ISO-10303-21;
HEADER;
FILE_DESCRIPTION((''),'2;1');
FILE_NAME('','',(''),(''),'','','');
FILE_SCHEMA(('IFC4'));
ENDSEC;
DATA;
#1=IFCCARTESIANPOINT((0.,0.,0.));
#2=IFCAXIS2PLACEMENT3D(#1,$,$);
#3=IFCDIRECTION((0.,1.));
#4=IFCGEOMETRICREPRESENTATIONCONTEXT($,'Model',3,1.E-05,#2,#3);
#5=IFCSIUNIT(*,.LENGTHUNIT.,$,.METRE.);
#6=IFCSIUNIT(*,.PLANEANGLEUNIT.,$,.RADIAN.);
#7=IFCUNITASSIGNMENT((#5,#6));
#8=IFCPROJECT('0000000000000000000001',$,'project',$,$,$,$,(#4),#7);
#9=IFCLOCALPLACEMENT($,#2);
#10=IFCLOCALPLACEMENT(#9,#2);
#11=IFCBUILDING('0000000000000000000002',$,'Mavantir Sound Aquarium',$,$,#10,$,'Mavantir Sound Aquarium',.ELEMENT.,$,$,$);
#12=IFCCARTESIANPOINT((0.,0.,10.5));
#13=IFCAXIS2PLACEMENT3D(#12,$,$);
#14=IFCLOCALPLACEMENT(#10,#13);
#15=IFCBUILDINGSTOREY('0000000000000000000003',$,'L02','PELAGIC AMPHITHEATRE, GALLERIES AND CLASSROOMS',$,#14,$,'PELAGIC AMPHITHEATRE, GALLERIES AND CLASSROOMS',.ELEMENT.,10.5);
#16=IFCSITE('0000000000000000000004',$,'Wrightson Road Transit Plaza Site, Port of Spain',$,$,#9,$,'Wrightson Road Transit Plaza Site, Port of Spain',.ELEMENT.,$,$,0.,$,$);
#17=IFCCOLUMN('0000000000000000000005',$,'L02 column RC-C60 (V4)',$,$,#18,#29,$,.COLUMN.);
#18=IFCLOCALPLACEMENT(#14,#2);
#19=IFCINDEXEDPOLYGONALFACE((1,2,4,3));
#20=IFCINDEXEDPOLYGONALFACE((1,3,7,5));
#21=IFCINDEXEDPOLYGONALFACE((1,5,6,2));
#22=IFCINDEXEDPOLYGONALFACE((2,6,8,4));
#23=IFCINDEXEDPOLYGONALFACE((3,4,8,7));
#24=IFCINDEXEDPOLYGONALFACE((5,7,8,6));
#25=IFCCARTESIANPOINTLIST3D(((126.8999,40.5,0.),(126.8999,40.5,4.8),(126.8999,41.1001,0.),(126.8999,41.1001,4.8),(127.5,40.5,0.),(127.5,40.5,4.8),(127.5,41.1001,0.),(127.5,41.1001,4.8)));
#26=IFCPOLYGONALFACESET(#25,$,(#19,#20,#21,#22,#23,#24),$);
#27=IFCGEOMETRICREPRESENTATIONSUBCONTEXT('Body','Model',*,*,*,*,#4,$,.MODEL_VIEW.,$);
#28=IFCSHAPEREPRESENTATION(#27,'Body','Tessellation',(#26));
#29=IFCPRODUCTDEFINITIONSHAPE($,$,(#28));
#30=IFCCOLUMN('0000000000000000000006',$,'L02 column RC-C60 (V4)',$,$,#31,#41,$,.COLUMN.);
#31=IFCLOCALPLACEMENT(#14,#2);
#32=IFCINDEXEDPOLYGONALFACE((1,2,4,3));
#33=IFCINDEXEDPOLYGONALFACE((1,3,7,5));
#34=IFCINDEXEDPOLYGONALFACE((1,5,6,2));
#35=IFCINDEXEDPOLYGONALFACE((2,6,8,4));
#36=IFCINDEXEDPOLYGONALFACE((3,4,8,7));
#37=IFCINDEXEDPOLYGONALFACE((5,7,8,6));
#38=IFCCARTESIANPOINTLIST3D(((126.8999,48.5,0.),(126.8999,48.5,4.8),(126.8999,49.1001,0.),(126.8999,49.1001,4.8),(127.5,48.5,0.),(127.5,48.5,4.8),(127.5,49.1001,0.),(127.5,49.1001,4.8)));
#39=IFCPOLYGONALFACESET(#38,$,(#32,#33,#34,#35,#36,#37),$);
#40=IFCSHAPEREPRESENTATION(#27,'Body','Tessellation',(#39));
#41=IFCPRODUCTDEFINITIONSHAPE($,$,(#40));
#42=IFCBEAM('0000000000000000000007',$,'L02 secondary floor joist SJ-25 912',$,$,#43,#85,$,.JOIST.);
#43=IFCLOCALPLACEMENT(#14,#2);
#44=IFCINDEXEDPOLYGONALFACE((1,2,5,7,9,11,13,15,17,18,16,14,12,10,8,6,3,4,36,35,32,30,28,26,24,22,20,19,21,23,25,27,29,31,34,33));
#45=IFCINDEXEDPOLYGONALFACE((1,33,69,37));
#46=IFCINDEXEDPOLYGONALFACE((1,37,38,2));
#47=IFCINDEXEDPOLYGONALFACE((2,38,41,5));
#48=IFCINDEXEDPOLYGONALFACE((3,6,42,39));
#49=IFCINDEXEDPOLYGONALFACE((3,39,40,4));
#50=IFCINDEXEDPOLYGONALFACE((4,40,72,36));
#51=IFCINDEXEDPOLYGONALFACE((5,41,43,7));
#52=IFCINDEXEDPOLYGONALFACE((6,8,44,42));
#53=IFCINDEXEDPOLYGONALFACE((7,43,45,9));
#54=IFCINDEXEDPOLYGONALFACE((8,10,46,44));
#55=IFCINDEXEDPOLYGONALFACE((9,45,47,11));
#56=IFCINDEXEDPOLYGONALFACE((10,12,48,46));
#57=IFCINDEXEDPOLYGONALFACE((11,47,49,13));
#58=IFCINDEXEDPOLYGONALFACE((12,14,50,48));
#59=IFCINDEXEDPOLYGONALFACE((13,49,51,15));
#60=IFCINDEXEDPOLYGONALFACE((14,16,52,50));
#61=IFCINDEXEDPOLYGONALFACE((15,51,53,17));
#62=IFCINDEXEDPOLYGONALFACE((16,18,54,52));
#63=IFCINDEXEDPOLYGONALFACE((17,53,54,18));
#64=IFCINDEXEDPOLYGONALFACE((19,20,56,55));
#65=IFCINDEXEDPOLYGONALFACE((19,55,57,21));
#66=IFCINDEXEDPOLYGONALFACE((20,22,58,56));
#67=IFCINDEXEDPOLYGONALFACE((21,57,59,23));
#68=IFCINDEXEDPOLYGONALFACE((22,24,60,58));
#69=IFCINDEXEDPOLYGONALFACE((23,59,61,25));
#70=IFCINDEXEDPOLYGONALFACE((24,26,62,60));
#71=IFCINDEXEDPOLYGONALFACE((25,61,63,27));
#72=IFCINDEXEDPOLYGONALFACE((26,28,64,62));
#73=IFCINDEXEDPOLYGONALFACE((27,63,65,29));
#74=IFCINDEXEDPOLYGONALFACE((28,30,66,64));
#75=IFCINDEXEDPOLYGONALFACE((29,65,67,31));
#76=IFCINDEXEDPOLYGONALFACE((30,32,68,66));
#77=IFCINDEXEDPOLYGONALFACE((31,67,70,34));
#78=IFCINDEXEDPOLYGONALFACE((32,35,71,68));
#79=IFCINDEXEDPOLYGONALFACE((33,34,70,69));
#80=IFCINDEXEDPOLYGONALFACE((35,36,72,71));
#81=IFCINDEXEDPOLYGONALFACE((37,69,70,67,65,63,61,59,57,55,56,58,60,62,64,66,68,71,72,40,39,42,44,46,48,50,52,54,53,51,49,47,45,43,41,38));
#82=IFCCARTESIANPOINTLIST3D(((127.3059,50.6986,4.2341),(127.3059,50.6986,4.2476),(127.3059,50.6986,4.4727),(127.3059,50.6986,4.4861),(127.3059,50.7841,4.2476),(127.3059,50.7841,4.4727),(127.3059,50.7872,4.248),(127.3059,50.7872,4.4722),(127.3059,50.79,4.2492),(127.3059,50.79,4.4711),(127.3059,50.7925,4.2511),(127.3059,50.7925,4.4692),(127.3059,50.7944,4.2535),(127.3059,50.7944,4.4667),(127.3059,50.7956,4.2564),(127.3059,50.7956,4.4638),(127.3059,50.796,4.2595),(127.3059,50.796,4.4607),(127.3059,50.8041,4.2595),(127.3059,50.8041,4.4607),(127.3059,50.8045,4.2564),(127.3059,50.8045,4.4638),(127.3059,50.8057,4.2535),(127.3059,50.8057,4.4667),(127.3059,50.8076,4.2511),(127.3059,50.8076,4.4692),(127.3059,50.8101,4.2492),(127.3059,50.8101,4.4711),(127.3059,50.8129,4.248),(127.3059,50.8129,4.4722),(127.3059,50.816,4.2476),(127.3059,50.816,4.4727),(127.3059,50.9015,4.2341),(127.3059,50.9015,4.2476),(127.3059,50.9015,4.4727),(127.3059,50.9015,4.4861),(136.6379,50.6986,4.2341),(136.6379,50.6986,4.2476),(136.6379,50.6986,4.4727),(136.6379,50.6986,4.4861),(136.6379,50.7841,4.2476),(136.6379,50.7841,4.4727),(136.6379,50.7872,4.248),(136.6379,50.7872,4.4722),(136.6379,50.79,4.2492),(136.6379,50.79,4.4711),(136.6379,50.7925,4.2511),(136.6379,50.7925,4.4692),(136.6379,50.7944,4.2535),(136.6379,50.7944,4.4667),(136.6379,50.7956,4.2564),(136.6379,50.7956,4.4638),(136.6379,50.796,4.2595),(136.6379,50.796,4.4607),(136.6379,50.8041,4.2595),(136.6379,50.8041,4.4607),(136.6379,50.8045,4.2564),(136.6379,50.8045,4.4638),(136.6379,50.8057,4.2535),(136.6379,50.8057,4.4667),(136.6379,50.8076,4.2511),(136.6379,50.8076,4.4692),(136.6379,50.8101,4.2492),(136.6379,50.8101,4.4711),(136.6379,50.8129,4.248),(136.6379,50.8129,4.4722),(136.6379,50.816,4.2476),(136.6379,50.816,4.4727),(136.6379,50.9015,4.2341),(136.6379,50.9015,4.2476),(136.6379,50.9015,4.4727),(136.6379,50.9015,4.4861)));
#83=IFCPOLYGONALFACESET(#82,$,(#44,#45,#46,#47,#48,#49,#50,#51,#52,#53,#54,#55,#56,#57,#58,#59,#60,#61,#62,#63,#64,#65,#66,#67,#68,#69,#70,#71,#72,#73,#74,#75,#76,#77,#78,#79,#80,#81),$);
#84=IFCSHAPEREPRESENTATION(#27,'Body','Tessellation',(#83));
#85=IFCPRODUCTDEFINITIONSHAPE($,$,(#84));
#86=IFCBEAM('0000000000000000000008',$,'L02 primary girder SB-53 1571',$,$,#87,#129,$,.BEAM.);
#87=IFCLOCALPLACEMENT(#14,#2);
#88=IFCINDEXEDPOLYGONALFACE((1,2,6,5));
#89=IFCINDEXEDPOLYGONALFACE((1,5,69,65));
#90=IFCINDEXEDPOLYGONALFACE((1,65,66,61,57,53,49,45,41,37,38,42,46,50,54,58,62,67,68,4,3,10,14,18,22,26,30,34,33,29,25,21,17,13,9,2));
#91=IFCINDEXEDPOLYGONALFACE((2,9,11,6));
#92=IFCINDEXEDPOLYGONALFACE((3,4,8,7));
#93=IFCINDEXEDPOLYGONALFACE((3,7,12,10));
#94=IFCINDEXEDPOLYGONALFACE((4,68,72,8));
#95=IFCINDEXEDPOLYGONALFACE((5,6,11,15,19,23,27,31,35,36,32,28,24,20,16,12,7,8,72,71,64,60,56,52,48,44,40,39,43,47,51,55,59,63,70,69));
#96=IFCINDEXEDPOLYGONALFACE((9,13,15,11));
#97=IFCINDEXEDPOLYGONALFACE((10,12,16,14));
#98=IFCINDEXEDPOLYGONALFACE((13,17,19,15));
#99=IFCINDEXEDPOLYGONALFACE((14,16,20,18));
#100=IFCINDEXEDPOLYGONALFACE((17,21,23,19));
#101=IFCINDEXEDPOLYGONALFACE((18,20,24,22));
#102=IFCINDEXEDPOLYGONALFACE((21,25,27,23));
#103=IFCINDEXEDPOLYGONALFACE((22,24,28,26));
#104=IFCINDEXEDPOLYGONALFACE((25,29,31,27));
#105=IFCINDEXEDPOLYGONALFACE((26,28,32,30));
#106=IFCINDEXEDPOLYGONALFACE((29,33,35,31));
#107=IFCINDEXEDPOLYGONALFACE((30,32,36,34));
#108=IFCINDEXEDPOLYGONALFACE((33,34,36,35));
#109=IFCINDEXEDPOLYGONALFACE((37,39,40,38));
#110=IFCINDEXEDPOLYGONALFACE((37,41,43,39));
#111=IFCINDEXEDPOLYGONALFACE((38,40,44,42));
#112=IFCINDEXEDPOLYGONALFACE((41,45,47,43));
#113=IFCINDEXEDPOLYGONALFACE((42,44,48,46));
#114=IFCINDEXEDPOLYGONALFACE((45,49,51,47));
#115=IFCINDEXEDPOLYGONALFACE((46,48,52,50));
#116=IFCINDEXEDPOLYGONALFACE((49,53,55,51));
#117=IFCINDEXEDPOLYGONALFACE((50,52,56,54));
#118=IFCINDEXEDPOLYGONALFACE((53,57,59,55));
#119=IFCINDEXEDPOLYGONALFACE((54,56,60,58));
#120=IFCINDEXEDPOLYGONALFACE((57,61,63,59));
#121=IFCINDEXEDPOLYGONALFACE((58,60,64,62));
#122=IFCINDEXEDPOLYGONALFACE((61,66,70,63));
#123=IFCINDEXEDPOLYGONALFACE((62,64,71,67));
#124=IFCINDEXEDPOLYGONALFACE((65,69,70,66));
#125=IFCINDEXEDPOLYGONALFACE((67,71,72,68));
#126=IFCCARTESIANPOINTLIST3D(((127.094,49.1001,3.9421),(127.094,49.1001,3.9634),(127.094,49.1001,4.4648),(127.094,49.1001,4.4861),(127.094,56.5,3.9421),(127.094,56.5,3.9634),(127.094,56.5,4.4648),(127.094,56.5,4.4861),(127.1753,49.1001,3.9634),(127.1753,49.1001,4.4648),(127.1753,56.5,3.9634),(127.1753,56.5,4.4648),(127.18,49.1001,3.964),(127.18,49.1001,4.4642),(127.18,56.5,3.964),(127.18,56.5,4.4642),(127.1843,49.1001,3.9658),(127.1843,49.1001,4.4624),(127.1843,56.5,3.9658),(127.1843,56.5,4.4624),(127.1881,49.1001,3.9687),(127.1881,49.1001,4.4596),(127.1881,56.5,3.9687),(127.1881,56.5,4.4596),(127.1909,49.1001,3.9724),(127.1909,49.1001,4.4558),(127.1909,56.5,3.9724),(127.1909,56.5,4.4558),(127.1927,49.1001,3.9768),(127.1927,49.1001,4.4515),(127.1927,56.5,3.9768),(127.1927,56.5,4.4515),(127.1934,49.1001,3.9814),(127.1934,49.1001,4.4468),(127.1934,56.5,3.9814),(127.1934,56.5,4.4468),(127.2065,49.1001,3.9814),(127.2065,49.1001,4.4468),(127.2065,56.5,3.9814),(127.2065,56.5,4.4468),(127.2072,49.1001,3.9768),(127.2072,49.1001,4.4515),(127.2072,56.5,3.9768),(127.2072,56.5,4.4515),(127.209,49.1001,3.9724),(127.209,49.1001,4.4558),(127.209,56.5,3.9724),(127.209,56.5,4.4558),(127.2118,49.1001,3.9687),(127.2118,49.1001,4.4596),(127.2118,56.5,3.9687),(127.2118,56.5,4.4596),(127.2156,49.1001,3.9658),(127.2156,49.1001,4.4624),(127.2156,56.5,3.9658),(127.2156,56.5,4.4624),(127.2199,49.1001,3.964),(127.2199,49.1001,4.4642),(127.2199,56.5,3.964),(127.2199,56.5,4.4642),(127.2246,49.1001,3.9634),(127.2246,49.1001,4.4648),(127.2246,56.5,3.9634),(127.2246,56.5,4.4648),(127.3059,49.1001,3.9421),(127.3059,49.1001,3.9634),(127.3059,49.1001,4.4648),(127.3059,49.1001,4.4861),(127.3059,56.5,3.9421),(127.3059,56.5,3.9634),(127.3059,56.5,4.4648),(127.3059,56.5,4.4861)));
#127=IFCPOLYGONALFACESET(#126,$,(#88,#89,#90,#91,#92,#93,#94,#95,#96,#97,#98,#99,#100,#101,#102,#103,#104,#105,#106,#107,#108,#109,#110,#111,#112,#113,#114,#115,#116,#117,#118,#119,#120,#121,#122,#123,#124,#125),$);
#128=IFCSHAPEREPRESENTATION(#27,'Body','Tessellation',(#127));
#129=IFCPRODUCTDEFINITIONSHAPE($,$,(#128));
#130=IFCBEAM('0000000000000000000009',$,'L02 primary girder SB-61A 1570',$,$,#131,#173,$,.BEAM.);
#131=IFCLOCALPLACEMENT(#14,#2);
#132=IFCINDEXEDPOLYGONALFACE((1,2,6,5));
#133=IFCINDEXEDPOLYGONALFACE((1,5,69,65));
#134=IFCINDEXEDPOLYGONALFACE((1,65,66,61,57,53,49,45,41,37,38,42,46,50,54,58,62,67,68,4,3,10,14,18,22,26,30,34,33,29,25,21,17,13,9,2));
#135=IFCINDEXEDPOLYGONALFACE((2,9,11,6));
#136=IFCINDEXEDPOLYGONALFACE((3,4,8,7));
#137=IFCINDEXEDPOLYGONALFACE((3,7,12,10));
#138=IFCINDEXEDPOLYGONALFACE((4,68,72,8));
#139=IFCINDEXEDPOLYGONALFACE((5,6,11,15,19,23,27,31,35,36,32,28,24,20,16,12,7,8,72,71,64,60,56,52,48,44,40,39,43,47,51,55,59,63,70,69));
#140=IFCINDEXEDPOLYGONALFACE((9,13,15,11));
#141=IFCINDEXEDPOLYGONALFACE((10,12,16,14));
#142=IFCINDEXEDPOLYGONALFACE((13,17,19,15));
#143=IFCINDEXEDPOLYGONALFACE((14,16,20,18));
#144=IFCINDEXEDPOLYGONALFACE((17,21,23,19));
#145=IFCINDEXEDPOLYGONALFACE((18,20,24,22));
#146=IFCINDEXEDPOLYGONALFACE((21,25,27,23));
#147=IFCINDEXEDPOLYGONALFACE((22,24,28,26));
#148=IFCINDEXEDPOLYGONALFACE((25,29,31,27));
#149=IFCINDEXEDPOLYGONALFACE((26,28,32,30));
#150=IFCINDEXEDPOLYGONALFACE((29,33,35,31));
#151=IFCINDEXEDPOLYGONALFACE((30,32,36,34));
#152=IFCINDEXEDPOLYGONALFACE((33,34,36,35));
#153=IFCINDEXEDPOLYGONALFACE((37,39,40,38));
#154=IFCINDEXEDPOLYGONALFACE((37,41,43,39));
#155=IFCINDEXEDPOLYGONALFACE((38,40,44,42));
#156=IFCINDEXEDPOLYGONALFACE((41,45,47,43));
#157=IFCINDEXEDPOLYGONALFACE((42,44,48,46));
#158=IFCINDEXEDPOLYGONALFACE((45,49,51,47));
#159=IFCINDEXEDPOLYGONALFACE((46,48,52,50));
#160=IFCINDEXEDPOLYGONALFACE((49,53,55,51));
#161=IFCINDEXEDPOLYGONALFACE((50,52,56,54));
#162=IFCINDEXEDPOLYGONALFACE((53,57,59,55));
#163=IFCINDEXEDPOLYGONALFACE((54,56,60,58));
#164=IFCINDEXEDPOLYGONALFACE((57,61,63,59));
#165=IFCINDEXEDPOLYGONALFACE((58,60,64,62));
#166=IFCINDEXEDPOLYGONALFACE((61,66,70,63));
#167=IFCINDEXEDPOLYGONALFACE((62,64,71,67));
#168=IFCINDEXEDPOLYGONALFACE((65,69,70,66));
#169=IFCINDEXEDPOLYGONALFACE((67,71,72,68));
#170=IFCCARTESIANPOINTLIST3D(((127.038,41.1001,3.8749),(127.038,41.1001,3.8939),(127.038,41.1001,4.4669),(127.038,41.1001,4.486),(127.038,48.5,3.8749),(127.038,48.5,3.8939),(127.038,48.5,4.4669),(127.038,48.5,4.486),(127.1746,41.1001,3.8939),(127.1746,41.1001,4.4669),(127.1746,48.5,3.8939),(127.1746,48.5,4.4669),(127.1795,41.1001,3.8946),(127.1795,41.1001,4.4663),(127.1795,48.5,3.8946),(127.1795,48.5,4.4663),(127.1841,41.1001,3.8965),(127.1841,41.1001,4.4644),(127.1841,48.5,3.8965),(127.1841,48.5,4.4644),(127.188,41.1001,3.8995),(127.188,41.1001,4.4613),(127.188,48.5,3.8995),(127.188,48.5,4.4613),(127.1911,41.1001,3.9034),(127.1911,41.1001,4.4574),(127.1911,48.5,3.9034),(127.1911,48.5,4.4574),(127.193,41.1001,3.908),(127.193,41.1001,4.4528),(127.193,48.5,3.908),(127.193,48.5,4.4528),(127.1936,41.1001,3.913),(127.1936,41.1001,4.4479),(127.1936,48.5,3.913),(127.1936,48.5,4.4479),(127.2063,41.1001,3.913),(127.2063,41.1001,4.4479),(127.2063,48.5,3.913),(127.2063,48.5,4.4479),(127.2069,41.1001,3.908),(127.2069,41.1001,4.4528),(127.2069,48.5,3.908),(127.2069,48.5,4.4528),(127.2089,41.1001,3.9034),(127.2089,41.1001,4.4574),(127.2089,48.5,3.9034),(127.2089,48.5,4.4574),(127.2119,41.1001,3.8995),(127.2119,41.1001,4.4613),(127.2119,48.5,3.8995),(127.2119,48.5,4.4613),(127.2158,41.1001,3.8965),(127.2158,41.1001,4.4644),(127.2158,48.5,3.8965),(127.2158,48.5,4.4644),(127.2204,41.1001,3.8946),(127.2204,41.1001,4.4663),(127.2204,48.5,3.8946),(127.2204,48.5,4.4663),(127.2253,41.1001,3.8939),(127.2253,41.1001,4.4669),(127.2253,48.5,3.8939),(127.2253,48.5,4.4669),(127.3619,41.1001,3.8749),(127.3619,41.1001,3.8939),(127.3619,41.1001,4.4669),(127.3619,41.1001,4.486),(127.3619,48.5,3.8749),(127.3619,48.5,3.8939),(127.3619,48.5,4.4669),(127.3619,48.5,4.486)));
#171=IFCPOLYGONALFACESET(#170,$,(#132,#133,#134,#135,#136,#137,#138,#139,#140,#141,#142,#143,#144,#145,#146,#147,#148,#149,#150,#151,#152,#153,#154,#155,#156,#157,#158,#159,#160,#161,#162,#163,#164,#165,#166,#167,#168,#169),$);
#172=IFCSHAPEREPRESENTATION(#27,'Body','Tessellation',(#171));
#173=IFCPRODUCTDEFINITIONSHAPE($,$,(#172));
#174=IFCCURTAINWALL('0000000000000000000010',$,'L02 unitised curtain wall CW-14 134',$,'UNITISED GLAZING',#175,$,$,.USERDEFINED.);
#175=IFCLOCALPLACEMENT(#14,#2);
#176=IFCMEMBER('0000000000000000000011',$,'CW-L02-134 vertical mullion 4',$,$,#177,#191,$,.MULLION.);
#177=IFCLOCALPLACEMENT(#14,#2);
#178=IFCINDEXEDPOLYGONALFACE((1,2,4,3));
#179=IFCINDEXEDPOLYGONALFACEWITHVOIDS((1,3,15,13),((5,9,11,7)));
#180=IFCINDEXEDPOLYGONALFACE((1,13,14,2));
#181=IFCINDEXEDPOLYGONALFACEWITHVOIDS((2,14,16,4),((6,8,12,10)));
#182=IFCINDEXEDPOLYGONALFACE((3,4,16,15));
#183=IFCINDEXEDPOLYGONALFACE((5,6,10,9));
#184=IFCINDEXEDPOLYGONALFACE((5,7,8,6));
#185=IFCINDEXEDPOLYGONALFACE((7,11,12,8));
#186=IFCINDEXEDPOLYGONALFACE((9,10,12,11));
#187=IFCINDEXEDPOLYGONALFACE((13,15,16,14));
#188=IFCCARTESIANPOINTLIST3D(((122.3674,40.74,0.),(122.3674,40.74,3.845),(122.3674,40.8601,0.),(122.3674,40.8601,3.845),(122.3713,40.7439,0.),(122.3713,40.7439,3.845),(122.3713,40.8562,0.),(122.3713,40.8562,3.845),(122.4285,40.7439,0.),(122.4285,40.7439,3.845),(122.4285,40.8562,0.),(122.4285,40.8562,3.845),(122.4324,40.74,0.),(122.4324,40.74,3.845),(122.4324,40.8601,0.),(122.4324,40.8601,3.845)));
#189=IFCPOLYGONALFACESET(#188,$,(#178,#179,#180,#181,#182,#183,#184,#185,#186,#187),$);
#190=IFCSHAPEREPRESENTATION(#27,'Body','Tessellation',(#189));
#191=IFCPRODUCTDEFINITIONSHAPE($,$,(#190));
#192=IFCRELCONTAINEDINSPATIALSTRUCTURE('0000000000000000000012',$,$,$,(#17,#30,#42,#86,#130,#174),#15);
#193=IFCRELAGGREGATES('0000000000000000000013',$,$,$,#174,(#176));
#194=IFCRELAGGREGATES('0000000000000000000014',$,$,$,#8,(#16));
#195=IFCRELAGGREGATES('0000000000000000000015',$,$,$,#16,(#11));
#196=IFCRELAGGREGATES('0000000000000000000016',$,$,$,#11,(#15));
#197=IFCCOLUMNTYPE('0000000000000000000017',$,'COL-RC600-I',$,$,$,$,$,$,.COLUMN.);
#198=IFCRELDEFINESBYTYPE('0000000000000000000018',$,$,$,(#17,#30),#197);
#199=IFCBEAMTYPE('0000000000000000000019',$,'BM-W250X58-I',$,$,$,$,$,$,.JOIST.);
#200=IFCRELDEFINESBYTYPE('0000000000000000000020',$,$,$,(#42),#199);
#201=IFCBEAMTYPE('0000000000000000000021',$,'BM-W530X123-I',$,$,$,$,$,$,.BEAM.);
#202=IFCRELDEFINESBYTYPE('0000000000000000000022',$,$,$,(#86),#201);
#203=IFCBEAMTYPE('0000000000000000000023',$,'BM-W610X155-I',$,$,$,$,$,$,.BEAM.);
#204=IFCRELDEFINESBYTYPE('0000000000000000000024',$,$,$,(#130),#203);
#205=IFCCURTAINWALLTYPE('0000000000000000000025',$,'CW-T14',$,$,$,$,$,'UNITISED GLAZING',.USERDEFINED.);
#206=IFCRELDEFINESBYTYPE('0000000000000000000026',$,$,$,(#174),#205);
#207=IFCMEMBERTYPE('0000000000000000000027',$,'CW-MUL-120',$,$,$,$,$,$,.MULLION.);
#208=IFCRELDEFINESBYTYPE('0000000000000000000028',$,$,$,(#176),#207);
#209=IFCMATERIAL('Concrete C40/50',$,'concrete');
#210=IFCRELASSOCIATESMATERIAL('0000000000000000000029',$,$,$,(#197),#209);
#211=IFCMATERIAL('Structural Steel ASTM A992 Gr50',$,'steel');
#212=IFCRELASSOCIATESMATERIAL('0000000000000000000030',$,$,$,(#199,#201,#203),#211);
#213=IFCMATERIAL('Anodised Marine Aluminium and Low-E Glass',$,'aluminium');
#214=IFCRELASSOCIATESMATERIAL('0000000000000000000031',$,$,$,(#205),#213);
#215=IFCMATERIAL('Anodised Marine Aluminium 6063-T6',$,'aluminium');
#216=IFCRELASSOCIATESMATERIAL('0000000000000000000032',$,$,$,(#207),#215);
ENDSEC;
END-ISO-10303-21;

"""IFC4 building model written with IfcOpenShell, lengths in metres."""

from ifc_helpers import new_model, si_unit, direction, frame, origin, origin_2d, place, context, subcontext, project, spatial, rectangle, hollow_rectangle, i_section, extrude, material, material_profile, profile_set, type_object, element, aggregate, save


model = new_model("IFC4")

# Units and contexts
model_context = context("Model", 3, precision=1e-05, world=origin(), true_north=direction((0.0, 1.0)))
body_context = subcontext(model_context, "Body", "Model", "MODEL_VIEW")
ifc_project = project(units=[si_unit("LENGTHUNIT", "METRE"), si_unit("PLANEANGLEUNIT", "RADIAN")], contexts=[model_context])

# Site, building, storey
site_placement = place(None, origin())
site = spatial("IfcSite", under=ifc_project, at=site_placement, Name="Wrightson Road Transit Plaza Site, Port of Spain", LongName="Wrightson Road Transit Plaza Site, Port of Spain", CompositionType="ELEMENT", RefElevation=0.0)
building_placement = place(site_placement, origin())
building = spatial("IfcBuilding", under=site, at=building_placement, Name="Mavantir Sound Aquarium", LongName="Mavantir Sound Aquarium", CompositionType="ELEMENT")
storey_placement = place(building_placement, frame((0.0, 0.0, 10.5)))
storey = spatial("IfcBuildingStorey", under=building, at=storey_placement, Name="L02", Description="PELAGIC AMPHITHEATRE, GALLERIES AND CLASSROOMS", LongName="PELAGIC AMPHITHEATRE, GALLERIES AND CLASSROOMS", CompositionType="ELEMENT", Elevation=10.5)

# Columns
ifc_material_1 = material(Name="Concrete C40/50", Category="concrete")
ifc_material_profile_1 = material_profile(ifc_material_1, rectangle(XDim=0.6001, YDim=0.6001, at=origin_2d()), Name="RC 600X600")
ifc_profile_set_1 = profile_set([ifc_material_profile_1], Name="Concrete C40/50")
column_type = type_object("IfcColumnType", Name="COL-RC600-I", PredefinedType="COLUMN", material=ifc_profile_set_1)
for number, where, z_axis, x_axis, name in (
    (1, (127.2, 40.8, 0.0), (0.0, 0.0, 1.0), (1.0, 0.0, 0.0), "L02 column RC-C60 (V4)"),
    (2, (127.2, 48.8, 0.0), (0.0, 0.0, 1.0), (1.0, 0.0, 0.0), "L02 column RC-C60 (V4)"),
):
    element("IfcColumn", number, at=place(storey_placement, frame(where, z_axis=z_axis, x_axis=x_axis)), inside=storey, type_object=column_type, Name=name, PredefinedType="COLUMN", context=body_context, shape_type="SweptSolid", body=[
        extrude(rectangle(XDim=0.6001, YDim=0.6001, at=origin_2d()), origin(), (0.0, 0.0, 1.0), 4.8),
    ])

# Beams
ifc_material_2 = material(Name="Structural Steel ASTM A992 Gr50", Category="steel")
ifc_material_profile_2 = material_profile(ifc_material_2, i_section(OverallWidth=0.2029, OverallDepth=0.252, WebThickness=0.0081, FlangeThickness=0.0134, FilletRadius=0.012, at=origin_2d()), Name="W250X58")
ifc_profile_set_2 = profile_set([ifc_material_profile_2], Name="Structural Steel ASTM A992 Gr50")
beam_type_1 = type_object("IfcBeamType", Name="BM-W250X58-I", PredefinedType="JOIST", material=ifc_profile_set_2)
beam_1_placement = place(storey_placement, frame((127.3059, 50.8, 4.3601), z_axis=(1.0, 0.0, 0.0), x_axis=(0.0, 1.0, 0.0)))
element("IfcBeam", 3, at=beam_1_placement, inside=storey, type_object=beam_type_1, Name="L02 secondary floor joist SJ-25 912", PredefinedType="JOIST", context=body_context, shape_type="SweptSolid", body=[
    extrude(i_section(OverallWidth=0.2029, OverallDepth=0.252, WebThickness=0.0081, FlangeThickness=0.0134, FilletRadius=0.012, at=origin_2d()), origin(), (0.0, 0.0, 1.0), 9.332),
])
ifc_material_profile_3 = material_profile(ifc_material_2, i_section(OverallWidth=0.2119, OverallDepth=0.5439, WebThickness=0.0132, FlangeThickness=0.0212, FilletRadius=0.0181, at=origin_2d()), Name="W530X123")
ifc_profile_set_3 = profile_set([ifc_material_profile_3], Name="Structural Steel ASTM A992 Gr50")
beam_type_2 = type_object("IfcBeamType", Name="BM-W530X123-I", PredefinedType="BEAM", material=ifc_profile_set_3)
beam_2_placement = place(storey_placement, frame((127.2, 49.1001, 4.2141), z_axis=(0.0, 1.0, 0.0), x_axis=(-1.0, 0.0, 0.0)))
element("IfcBeam", 4, at=beam_2_placement, inside=storey, type_object=beam_type_2, Name="L02 primary girder SB-53 1571", PredefinedType="BEAM", context=body_context, shape_type="SweptSolid", body=[
    extrude(i_section(OverallWidth=0.2119, OverallDepth=0.5439, WebThickness=0.0132, FlangeThickness=0.0212, FilletRadius=0.0181, at=origin_2d()), origin(), (0.0, 0.0, 1.0), 7.3999),
])
ifc_material_profile_4 = material_profile(ifc_material_2, i_section(OverallWidth=0.324, OverallDepth=0.6111, WebThickness=0.0127, FlangeThickness=0.019, FilletRadius=0.019, at=origin_2d()), Name="W610X155")
ifc_profile_set_4 = profile_set([ifc_material_profile_4], Name="Structural Steel ASTM A992 Gr50")
beam_type_3 = type_object("IfcBeamType", Name="BM-W610X155-I", PredefinedType="BEAM", material=ifc_profile_set_4)
beam_3_placement = place(storey_placement, frame((127.2, 41.1001, 4.1804), z_axis=(0.0, 1.0, 0.0), x_axis=(-1.0, 0.0, 0.0)))
element("IfcBeam", 5, at=beam_3_placement, inside=storey, type_object=beam_type_3, Name="L02 primary girder SB-61A 1570", PredefinedType="BEAM", context=body_context, shape_type="SweptSolid", body=[
    extrude(i_section(OverallWidth=0.324, OverallDepth=0.6111, WebThickness=0.0127, FlangeThickness=0.019, FilletRadius=0.019, at=origin_2d()), origin(), (0.0, 0.0, 1.0), 7.3999),
])

# Curtain wall, member
ifc_material_3 = material(Name="Anodised Marine Aluminium and Low-E Glass", Category="aluminium")
curtain_wall_type = type_object("IfcCurtainWallType", Name="CW-T14", ElementType="UNITISED GLAZING", PredefinedType="USERDEFINED", material=ifc_material_3)
curtain_wall_placement = place(storey_placement, origin())
curtain_wall = element("IfcCurtainWall", 6, at=curtain_wall_placement, inside=storey, type_object=curtain_wall_type, Name="L02 unitised curtain wall CW-14 134", ObjectType="UNITISED GLAZING", PredefinedType="USERDEFINED")
ifc_material_4 = material(Name="Anodised Marine Aluminium 6063-T6", Category="aluminium")
ifc_material_profile_5 = material_profile(ifc_material_4, hollow_rectangle(XDim=0.0649, YDim=0.1201, WallThickness=0.0039, at=origin_2d()), Name="ALU-MULLION-120X65")
ifc_profile_set_5 = profile_set([ifc_material_profile_5], Name="Anodised Marine Aluminium 6063-T6")
member_type_1 = type_object("IfcMemberType", Name="CW-MUL-120", PredefinedType="MULLION", material=ifc_profile_set_5)
member_1_placement = place(storey_placement, frame((122.3999, 40.8, 0.0), z_axis=(0.0, 0.0, 1.0), x_axis=(1.0, 0.0, 0.0)))
member_1 = element("IfcMember", 7, at=member_1_placement, type_object=member_type_1, Name="CW-L02-134 vertical mullion 4", PredefinedType="MULLION", context=body_context, shape_type="SweptSolid", body=[
    extrude(hollow_rectangle(XDim=0.0649, YDim=0.1201, WallThickness=0.0039, at=origin_2d()), origin(), (0.0, 0.0, 1.0), 3.845),
])
aggregate(curtain_wall, [member_1])

save(model, "model.ifc")
